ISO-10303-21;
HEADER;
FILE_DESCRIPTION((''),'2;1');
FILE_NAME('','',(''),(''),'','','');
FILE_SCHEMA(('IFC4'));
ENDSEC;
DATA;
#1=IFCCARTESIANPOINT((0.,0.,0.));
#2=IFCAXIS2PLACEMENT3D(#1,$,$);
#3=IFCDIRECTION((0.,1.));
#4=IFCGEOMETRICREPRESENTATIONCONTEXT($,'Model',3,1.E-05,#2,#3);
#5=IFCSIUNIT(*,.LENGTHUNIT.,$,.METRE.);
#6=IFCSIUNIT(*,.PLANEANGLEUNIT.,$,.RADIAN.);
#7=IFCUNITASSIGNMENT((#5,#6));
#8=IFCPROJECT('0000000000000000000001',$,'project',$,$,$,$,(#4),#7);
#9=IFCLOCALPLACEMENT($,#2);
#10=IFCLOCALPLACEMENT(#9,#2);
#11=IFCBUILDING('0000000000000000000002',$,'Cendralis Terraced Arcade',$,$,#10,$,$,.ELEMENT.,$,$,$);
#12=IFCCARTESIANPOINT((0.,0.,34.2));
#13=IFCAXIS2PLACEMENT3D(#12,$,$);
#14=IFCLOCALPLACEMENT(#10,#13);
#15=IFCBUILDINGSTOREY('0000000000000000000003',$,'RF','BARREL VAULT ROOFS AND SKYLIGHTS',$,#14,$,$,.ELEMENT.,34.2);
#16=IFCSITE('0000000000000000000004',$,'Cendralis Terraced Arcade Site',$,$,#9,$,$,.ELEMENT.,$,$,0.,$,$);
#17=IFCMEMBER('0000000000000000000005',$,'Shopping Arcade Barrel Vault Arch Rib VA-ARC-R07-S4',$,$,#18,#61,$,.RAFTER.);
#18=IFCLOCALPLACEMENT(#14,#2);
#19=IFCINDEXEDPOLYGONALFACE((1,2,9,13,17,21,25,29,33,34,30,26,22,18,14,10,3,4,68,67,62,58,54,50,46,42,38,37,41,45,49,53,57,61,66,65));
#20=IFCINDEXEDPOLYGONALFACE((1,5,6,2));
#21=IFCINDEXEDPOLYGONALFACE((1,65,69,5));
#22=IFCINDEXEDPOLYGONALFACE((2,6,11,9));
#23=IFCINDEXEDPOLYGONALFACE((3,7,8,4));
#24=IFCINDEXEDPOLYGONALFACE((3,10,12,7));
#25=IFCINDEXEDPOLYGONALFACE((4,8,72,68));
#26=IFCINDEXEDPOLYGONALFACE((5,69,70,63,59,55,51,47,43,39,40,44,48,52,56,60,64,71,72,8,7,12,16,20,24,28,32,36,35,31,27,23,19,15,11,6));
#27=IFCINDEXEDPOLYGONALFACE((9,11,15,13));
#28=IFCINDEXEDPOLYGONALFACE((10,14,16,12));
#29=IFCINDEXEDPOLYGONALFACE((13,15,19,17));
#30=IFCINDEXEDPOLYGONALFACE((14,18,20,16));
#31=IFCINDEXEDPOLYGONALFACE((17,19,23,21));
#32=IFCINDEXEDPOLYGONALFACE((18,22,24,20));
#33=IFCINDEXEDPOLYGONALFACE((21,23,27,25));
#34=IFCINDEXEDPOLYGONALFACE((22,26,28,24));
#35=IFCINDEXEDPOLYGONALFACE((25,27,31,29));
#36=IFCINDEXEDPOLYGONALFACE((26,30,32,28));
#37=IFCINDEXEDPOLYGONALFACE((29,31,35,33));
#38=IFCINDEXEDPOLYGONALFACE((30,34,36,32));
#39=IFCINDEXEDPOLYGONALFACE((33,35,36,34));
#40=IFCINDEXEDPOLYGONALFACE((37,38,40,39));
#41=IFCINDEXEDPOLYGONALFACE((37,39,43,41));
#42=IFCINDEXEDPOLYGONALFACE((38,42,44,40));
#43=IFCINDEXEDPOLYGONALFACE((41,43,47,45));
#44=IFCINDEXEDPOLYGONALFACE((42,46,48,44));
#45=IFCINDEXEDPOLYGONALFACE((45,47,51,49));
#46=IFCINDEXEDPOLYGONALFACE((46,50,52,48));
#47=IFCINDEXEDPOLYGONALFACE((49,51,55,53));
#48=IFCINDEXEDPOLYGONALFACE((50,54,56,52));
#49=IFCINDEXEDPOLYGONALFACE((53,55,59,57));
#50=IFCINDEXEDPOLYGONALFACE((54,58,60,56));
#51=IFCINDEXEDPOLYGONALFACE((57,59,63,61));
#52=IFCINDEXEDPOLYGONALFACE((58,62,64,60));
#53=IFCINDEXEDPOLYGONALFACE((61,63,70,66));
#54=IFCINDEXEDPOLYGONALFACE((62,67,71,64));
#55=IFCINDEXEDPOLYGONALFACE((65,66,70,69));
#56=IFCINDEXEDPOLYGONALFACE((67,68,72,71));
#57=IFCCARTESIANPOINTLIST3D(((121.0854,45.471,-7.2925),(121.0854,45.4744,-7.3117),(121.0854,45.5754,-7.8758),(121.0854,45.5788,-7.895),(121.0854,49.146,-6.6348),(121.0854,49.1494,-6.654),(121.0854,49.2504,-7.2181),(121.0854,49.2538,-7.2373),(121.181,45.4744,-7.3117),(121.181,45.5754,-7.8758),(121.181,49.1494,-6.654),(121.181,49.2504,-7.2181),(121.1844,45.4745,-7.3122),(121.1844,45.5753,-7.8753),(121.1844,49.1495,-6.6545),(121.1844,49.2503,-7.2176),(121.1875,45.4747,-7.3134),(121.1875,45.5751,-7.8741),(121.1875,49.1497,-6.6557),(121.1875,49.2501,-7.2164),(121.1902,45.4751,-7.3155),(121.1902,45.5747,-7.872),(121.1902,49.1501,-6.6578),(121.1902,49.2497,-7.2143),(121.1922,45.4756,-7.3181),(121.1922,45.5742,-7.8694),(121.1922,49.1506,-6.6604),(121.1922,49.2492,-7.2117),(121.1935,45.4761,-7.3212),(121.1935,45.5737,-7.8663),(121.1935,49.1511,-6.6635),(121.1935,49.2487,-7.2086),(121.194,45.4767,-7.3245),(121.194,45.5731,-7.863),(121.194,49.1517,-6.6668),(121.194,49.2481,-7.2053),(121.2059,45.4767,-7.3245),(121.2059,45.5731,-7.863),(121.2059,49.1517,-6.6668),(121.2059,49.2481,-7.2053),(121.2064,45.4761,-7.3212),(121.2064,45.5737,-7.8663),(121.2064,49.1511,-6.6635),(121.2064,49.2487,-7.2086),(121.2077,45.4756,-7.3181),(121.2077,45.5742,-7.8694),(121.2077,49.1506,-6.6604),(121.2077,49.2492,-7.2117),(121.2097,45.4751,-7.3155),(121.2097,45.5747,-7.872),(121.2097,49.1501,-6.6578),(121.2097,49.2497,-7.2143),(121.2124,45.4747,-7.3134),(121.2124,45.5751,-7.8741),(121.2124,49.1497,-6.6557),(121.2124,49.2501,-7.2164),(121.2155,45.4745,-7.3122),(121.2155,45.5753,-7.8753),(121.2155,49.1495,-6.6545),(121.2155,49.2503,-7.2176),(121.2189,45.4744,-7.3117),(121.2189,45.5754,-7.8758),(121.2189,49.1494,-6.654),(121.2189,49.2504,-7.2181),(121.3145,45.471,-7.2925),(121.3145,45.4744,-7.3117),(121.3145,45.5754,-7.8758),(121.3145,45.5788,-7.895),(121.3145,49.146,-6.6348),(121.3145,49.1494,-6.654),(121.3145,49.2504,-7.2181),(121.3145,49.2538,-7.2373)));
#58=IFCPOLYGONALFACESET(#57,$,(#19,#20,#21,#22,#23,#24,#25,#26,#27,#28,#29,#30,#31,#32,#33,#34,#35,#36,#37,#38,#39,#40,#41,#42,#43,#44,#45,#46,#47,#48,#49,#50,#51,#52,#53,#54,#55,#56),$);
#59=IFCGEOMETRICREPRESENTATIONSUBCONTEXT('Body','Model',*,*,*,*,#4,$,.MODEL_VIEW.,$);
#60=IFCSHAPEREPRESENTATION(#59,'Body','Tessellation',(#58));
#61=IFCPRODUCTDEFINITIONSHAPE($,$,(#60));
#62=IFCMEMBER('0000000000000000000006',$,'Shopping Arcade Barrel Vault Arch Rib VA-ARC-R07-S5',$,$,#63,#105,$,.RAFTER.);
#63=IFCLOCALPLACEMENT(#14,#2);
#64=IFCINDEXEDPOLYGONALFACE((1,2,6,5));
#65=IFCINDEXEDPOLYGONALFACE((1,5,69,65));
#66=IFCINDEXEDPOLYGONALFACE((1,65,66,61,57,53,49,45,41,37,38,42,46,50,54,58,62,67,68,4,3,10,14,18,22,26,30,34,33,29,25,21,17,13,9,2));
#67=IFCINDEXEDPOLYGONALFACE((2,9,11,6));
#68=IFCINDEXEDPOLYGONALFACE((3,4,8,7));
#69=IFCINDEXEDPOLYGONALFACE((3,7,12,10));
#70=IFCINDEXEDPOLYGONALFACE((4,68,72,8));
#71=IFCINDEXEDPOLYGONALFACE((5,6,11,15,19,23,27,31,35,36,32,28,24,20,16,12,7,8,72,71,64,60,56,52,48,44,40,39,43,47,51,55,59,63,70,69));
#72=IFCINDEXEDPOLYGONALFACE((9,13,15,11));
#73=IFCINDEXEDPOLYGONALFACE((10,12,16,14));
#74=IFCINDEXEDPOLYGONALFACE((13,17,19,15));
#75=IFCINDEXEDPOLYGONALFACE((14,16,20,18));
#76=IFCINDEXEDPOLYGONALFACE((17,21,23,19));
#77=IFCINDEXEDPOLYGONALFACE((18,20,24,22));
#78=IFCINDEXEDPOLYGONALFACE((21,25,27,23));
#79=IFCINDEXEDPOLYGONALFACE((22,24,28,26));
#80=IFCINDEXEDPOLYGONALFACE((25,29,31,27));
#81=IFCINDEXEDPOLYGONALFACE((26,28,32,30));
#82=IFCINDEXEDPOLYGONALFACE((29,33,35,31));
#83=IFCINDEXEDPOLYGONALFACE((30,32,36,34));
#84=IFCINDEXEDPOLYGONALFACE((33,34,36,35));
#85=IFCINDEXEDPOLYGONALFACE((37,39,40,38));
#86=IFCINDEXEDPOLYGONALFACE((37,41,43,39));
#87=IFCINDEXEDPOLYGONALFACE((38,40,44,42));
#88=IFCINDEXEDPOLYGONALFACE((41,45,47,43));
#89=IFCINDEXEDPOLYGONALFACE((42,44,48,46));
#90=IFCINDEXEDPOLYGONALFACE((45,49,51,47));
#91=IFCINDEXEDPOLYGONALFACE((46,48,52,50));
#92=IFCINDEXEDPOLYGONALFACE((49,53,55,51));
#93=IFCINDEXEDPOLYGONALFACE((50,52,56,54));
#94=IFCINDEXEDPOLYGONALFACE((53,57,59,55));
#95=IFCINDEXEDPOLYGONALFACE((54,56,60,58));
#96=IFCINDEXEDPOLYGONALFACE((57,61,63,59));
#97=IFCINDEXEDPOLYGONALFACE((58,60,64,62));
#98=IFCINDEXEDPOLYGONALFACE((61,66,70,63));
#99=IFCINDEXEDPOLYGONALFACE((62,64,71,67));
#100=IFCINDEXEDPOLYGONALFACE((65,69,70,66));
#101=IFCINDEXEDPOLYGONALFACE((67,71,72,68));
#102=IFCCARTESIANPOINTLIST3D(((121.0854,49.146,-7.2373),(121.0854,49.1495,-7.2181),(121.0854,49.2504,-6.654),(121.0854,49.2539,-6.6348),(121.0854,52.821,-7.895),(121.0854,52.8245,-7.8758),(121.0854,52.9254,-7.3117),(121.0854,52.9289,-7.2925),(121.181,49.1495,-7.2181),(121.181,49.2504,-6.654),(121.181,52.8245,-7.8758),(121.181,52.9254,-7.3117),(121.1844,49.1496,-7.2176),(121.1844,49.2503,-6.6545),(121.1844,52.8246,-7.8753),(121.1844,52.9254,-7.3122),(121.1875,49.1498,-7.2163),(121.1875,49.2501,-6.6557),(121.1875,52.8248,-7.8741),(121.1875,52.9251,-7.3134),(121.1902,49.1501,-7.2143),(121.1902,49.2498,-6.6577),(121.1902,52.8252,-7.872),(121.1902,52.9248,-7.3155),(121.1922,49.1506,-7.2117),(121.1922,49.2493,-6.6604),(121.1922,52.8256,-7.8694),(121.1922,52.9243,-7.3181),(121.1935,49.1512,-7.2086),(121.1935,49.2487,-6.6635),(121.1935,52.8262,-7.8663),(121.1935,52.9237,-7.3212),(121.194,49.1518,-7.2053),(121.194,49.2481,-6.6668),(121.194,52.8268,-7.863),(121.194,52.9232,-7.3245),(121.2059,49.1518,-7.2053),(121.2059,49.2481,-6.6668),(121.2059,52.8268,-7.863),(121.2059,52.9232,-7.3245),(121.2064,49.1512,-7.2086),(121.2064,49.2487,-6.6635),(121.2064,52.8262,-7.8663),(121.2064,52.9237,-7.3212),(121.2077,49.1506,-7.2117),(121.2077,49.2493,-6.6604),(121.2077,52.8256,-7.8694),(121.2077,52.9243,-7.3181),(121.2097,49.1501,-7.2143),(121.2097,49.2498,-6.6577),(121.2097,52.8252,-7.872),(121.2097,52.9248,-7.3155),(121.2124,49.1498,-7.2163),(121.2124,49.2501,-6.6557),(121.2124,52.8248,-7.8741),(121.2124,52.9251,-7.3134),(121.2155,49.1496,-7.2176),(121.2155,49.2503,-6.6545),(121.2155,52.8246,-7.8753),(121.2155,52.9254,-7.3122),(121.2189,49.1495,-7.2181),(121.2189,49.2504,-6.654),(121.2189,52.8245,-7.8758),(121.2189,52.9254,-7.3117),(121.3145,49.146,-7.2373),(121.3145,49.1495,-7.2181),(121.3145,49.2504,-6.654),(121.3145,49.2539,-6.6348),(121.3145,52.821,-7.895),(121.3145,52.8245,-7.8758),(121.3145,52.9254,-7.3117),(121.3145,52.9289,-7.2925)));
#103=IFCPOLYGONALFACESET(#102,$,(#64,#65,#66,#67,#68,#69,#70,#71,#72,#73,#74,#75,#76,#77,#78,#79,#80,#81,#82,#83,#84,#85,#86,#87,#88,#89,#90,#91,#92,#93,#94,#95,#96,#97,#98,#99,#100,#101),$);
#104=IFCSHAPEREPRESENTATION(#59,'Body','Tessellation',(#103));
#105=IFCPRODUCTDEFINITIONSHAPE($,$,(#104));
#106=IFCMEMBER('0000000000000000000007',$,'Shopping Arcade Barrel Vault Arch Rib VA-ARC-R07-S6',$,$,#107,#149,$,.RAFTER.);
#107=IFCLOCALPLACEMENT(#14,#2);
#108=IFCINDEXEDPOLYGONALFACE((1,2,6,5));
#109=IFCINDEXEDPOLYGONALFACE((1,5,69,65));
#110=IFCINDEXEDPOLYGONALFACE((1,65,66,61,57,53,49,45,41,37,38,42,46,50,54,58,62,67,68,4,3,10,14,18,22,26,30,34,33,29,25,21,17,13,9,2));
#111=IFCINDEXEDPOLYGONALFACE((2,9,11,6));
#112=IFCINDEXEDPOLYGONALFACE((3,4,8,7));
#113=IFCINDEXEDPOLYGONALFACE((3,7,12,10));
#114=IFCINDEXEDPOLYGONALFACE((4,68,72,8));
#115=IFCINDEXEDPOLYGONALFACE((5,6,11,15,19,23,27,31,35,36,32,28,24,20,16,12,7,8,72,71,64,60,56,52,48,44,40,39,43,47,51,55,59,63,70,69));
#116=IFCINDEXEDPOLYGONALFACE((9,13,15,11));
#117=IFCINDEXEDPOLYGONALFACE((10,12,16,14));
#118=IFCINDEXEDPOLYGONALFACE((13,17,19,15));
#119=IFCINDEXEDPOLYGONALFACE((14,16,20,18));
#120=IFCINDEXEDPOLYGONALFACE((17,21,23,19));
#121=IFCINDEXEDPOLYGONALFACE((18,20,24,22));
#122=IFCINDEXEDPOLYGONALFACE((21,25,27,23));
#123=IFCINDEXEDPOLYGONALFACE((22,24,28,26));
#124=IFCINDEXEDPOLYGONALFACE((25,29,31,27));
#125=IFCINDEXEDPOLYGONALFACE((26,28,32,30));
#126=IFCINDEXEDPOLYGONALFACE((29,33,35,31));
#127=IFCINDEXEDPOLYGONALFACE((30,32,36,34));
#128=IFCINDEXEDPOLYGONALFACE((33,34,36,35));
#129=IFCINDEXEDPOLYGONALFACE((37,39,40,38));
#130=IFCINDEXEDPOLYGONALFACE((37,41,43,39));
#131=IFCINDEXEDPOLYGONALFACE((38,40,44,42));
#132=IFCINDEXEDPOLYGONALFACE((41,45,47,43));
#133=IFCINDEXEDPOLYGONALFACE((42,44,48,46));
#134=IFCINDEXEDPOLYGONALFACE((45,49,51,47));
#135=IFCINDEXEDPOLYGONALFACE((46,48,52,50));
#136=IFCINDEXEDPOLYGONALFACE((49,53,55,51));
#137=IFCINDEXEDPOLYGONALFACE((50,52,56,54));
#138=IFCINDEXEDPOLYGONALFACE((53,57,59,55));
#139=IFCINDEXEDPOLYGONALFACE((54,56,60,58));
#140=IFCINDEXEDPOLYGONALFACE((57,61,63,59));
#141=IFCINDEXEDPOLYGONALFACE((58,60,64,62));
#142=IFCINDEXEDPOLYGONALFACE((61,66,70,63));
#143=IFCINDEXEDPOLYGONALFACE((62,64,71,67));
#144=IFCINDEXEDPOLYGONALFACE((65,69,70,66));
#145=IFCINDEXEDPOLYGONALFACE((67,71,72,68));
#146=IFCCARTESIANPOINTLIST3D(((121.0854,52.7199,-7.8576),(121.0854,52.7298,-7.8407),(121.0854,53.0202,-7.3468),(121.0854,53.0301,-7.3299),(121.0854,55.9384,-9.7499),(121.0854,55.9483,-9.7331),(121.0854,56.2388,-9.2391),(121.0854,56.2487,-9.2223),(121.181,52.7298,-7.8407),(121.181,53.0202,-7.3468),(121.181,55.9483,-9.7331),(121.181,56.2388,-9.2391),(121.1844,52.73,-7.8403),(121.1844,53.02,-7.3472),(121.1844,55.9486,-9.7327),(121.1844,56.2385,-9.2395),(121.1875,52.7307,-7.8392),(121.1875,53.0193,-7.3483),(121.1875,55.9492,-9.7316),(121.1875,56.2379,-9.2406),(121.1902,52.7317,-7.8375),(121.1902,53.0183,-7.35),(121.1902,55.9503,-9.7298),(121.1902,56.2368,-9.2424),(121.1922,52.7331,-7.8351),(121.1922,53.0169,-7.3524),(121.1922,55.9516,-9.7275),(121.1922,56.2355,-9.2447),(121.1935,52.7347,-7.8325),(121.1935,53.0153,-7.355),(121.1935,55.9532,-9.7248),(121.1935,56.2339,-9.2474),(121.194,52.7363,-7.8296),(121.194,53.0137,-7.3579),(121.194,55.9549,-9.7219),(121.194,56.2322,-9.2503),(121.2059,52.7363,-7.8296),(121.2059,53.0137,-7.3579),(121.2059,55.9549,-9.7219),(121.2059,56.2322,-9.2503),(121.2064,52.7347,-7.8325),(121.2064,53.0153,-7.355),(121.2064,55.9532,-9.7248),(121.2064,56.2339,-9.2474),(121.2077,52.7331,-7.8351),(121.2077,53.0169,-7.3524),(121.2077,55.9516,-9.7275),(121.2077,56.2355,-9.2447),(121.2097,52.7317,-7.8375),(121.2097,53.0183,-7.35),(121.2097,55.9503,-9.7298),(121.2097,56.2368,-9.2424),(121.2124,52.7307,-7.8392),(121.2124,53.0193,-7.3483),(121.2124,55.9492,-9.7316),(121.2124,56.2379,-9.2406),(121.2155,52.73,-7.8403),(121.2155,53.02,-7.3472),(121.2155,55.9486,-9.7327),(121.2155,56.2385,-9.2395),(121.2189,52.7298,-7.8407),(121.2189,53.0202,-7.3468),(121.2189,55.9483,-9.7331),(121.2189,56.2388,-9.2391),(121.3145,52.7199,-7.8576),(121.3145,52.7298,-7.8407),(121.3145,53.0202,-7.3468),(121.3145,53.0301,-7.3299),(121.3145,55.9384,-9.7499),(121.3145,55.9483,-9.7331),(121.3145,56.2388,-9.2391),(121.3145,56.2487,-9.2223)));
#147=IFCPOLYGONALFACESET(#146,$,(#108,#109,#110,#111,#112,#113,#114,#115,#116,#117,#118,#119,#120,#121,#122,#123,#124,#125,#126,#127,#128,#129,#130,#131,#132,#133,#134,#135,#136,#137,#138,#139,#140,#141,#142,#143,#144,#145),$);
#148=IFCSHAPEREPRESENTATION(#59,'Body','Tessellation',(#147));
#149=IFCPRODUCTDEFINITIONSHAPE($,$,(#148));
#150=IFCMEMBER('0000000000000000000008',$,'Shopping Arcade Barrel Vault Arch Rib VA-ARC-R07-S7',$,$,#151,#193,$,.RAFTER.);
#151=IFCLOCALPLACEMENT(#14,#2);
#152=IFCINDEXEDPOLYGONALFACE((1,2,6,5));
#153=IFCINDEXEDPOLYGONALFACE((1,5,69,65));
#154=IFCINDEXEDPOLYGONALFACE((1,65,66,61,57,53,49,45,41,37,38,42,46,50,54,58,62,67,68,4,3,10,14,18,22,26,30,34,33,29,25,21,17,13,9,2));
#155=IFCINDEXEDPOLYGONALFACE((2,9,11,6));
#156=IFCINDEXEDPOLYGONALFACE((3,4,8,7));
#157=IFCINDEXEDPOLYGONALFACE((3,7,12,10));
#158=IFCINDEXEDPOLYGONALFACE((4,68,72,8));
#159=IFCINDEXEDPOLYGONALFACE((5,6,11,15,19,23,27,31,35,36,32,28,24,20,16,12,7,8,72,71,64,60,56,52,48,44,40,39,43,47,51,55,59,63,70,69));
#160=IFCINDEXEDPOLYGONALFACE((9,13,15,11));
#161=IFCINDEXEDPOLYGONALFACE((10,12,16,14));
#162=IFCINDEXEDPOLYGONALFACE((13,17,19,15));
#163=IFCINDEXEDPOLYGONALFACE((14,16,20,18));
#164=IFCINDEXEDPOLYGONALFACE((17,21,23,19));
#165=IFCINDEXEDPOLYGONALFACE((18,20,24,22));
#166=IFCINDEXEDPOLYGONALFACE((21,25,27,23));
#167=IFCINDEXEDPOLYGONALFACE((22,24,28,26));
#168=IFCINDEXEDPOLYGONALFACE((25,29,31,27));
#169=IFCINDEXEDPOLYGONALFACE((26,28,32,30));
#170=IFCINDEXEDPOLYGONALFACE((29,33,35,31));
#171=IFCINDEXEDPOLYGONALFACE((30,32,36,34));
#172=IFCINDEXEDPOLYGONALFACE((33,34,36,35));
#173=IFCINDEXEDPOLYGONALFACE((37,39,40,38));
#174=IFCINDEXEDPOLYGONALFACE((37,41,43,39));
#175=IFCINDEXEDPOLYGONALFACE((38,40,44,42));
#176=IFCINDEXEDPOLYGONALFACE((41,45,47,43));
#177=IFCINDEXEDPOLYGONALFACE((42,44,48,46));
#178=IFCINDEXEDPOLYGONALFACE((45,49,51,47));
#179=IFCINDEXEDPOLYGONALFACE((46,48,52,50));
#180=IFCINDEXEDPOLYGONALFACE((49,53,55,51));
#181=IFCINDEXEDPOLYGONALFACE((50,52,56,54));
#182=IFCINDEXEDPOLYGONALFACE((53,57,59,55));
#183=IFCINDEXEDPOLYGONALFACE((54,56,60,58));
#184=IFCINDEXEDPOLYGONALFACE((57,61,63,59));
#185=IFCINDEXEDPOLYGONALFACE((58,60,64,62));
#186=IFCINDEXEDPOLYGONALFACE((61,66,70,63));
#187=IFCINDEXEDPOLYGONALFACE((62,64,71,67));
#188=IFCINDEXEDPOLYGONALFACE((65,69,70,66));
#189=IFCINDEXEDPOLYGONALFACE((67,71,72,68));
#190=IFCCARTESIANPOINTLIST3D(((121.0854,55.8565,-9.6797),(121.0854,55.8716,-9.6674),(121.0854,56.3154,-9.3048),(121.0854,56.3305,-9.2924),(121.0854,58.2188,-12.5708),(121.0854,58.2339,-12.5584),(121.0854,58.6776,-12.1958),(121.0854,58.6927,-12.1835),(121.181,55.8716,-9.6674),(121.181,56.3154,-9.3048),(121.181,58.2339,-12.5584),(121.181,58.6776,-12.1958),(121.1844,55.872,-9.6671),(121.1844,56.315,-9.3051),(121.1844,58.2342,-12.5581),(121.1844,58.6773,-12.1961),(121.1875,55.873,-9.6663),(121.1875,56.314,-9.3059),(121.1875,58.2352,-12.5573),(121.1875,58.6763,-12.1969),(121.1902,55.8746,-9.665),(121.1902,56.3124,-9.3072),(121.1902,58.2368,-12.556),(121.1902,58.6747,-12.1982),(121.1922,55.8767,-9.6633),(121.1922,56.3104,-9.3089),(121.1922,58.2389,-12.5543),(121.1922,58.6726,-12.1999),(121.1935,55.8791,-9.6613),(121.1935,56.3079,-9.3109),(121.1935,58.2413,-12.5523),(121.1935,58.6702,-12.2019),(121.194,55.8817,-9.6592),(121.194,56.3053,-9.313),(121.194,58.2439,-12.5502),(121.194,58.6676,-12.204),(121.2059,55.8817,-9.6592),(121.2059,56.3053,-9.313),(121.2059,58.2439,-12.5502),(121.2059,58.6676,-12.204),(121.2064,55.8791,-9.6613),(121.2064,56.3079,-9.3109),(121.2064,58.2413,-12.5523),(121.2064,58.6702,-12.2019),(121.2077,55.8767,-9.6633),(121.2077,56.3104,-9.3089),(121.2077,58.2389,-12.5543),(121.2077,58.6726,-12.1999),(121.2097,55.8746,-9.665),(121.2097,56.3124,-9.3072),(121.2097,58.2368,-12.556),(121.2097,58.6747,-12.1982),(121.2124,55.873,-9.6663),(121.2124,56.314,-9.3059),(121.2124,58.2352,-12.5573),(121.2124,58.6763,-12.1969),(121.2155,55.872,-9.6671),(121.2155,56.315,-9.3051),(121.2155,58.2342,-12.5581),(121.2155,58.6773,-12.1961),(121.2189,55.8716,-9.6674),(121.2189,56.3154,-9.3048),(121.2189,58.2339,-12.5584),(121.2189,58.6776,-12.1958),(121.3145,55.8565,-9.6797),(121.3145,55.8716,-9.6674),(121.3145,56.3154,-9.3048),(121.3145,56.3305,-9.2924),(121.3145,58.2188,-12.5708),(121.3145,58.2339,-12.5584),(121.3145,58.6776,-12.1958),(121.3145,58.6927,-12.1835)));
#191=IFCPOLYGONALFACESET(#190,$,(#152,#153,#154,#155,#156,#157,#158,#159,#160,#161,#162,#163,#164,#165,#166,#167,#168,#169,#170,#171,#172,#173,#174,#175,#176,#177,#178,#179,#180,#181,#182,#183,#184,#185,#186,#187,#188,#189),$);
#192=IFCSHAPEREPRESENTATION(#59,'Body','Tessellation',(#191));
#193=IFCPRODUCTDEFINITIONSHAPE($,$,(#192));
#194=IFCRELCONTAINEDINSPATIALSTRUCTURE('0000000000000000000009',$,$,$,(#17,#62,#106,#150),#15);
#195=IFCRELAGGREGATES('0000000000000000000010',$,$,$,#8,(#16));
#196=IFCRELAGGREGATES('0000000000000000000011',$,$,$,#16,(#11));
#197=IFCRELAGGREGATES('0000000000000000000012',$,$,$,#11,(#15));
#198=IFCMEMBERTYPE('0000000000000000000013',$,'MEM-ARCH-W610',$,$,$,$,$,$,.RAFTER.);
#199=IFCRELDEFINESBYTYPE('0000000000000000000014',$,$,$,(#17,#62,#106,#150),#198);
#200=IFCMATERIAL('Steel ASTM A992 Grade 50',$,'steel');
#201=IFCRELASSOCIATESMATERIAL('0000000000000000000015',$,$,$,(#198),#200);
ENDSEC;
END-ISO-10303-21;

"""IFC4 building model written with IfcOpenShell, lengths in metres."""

from ifc_helpers import new_model, si_unit, direction, frame, origin, origin_2d, place, context, subcontext, project, spatial, i_section, extrude, material, material_profile, profile_set, type_object, element, save


model = new_model("IFC4")

# Units and contexts
model_context = context("Model", 3, precision=1e-05, world=origin(), true_north=direction((0.0, 1.0)))
body_context = subcontext(model_context, "Body", "Model", "MODEL_VIEW")
ifc_project = project(units=[si_unit("LENGTHUNIT", "METRE"), si_unit("PLANEANGLEUNIT", "RADIAN")], contexts=[model_context])

# Site, building, storey
site_placement = place(None, origin())
site = spatial("IfcSite", under=ifc_project, at=site_placement, Name="Cendralis Terraced Arcade Site", CompositionType="ELEMENT", RefElevation=0.0)
building_placement = place(site_placement, origin())
building = spatial("IfcBuilding", under=site, at=building_placement, Name="Cendralis Terraced Arcade", CompositionType="ELEMENT")
storey_placement = place(building_placement, frame((0.0, 0.0, 34.2)))
storey = spatial("IfcBuildingStorey", under=building, at=storey_placement, Name="RF", Description="BARREL VAULT ROOFS AND SKYLIGHTS", CompositionType="ELEMENT", Elevation=34.2)

# Members
ifc_material_1 = material(Name="Steel ASTM A992 Grade 50", Category="steel")
ifc_material_profile_1 = material_profile(ifc_material_1, i_section(OverallWidth=0.229, OverallDepth=0.6121, WebThickness=0.012, FlangeThickness=0.0195, FilletRadius=0.0129, at=origin_2d()), Name="W610X125", Category="LoadBearing")
ifc_profile_set_1 = profile_set([ifc_material_profile_1], Name="Steel ASTM A992 Grade 50")
member_type_1 = type_object("IfcMemberType", Name="MEM-ARCH-W610", PredefinedType="RAFTER", material=ifc_profile_set_1)
for number, where, z_axis, x_axis, name in (
    (1, (121.2, 45.5249, -7.5938), (0.0, 0.98436, 0.176169), (-1.0, 0.0, 0.0), "Shopping Arcade Barrel Vault Arch Rib VA-ARC-R07-S4"),
    (2, (121.2, 49.2, -6.936), (0.0, 0.98436, -0.176169), (-1.0, 0.0, 0.0), "Shopping Arcade Barrel Vault Arch Rib VA-ARC-R07-S5"),
):
    element("IfcMember", number, at=place(storey_placement, frame(where, z_axis=z_axis, x_axis=x_axis)), inside=storey, type_object=member_type_1, Name=name, PredefinedType="RAFTER", context=body_context, shape_type="SweptSolid", body=[
        extrude(i_section(OverallWidth=0.229, OverallDepth=0.6121, WebThickness=0.012, FlangeThickness=0.0195, FilletRadius=0.0129, at=origin_2d()), origin(), (0.0, 0.0, 1.0), 3.7334),
    ])
member_1_placement = place(storey_placement, frame((121.2, 52.875, -7.5938), z_axis=(0.0, 0.86204, -0.50684), x_axis=(-1.0, 0.0, 0.0)))
element("IfcMember", 3, at=member_1_placement, inside=storey, type_object=member_type_1, Name="Shopping Arcade Barrel Vault Arch Rib VA-ARC-R07-S6", PredefinedType="RAFTER", context=body_context, shape_type="SweptSolid", body=[
    extrude(i_section(OverallWidth=0.229, OverallDepth=0.6121, WebThickness=0.012, FlangeThickness=0.0195, FilletRadius=0.0129, at=origin_2d()), origin(), (0.0, 0.0, 1.0), 3.7336),
])
member_2_placement = place(storey_placement, frame((121.2, 56.0935, -9.4861), z_axis=(0.0, 0.632732, -0.774371), x_axis=(-1.0, 0.0, 0.0)))
element("IfcMember", 4, at=member_2_placement, inside=storey, type_object=member_type_1, Name="Shopping Arcade Barrel Vault Arch Rib VA-ARC-R07-S7", PredefinedType="RAFTER", context=body_context, shape_type="SweptSolid", body=[
    extrude(i_section(OverallWidth=0.229, OverallDepth=0.6121, WebThickness=0.012, FlangeThickness=0.0195, FilletRadius=0.0129, at=origin_2d()), origin(), (0.0, 0.0, 1.0), 3.7334),
])

save(model, "model.ifc")
